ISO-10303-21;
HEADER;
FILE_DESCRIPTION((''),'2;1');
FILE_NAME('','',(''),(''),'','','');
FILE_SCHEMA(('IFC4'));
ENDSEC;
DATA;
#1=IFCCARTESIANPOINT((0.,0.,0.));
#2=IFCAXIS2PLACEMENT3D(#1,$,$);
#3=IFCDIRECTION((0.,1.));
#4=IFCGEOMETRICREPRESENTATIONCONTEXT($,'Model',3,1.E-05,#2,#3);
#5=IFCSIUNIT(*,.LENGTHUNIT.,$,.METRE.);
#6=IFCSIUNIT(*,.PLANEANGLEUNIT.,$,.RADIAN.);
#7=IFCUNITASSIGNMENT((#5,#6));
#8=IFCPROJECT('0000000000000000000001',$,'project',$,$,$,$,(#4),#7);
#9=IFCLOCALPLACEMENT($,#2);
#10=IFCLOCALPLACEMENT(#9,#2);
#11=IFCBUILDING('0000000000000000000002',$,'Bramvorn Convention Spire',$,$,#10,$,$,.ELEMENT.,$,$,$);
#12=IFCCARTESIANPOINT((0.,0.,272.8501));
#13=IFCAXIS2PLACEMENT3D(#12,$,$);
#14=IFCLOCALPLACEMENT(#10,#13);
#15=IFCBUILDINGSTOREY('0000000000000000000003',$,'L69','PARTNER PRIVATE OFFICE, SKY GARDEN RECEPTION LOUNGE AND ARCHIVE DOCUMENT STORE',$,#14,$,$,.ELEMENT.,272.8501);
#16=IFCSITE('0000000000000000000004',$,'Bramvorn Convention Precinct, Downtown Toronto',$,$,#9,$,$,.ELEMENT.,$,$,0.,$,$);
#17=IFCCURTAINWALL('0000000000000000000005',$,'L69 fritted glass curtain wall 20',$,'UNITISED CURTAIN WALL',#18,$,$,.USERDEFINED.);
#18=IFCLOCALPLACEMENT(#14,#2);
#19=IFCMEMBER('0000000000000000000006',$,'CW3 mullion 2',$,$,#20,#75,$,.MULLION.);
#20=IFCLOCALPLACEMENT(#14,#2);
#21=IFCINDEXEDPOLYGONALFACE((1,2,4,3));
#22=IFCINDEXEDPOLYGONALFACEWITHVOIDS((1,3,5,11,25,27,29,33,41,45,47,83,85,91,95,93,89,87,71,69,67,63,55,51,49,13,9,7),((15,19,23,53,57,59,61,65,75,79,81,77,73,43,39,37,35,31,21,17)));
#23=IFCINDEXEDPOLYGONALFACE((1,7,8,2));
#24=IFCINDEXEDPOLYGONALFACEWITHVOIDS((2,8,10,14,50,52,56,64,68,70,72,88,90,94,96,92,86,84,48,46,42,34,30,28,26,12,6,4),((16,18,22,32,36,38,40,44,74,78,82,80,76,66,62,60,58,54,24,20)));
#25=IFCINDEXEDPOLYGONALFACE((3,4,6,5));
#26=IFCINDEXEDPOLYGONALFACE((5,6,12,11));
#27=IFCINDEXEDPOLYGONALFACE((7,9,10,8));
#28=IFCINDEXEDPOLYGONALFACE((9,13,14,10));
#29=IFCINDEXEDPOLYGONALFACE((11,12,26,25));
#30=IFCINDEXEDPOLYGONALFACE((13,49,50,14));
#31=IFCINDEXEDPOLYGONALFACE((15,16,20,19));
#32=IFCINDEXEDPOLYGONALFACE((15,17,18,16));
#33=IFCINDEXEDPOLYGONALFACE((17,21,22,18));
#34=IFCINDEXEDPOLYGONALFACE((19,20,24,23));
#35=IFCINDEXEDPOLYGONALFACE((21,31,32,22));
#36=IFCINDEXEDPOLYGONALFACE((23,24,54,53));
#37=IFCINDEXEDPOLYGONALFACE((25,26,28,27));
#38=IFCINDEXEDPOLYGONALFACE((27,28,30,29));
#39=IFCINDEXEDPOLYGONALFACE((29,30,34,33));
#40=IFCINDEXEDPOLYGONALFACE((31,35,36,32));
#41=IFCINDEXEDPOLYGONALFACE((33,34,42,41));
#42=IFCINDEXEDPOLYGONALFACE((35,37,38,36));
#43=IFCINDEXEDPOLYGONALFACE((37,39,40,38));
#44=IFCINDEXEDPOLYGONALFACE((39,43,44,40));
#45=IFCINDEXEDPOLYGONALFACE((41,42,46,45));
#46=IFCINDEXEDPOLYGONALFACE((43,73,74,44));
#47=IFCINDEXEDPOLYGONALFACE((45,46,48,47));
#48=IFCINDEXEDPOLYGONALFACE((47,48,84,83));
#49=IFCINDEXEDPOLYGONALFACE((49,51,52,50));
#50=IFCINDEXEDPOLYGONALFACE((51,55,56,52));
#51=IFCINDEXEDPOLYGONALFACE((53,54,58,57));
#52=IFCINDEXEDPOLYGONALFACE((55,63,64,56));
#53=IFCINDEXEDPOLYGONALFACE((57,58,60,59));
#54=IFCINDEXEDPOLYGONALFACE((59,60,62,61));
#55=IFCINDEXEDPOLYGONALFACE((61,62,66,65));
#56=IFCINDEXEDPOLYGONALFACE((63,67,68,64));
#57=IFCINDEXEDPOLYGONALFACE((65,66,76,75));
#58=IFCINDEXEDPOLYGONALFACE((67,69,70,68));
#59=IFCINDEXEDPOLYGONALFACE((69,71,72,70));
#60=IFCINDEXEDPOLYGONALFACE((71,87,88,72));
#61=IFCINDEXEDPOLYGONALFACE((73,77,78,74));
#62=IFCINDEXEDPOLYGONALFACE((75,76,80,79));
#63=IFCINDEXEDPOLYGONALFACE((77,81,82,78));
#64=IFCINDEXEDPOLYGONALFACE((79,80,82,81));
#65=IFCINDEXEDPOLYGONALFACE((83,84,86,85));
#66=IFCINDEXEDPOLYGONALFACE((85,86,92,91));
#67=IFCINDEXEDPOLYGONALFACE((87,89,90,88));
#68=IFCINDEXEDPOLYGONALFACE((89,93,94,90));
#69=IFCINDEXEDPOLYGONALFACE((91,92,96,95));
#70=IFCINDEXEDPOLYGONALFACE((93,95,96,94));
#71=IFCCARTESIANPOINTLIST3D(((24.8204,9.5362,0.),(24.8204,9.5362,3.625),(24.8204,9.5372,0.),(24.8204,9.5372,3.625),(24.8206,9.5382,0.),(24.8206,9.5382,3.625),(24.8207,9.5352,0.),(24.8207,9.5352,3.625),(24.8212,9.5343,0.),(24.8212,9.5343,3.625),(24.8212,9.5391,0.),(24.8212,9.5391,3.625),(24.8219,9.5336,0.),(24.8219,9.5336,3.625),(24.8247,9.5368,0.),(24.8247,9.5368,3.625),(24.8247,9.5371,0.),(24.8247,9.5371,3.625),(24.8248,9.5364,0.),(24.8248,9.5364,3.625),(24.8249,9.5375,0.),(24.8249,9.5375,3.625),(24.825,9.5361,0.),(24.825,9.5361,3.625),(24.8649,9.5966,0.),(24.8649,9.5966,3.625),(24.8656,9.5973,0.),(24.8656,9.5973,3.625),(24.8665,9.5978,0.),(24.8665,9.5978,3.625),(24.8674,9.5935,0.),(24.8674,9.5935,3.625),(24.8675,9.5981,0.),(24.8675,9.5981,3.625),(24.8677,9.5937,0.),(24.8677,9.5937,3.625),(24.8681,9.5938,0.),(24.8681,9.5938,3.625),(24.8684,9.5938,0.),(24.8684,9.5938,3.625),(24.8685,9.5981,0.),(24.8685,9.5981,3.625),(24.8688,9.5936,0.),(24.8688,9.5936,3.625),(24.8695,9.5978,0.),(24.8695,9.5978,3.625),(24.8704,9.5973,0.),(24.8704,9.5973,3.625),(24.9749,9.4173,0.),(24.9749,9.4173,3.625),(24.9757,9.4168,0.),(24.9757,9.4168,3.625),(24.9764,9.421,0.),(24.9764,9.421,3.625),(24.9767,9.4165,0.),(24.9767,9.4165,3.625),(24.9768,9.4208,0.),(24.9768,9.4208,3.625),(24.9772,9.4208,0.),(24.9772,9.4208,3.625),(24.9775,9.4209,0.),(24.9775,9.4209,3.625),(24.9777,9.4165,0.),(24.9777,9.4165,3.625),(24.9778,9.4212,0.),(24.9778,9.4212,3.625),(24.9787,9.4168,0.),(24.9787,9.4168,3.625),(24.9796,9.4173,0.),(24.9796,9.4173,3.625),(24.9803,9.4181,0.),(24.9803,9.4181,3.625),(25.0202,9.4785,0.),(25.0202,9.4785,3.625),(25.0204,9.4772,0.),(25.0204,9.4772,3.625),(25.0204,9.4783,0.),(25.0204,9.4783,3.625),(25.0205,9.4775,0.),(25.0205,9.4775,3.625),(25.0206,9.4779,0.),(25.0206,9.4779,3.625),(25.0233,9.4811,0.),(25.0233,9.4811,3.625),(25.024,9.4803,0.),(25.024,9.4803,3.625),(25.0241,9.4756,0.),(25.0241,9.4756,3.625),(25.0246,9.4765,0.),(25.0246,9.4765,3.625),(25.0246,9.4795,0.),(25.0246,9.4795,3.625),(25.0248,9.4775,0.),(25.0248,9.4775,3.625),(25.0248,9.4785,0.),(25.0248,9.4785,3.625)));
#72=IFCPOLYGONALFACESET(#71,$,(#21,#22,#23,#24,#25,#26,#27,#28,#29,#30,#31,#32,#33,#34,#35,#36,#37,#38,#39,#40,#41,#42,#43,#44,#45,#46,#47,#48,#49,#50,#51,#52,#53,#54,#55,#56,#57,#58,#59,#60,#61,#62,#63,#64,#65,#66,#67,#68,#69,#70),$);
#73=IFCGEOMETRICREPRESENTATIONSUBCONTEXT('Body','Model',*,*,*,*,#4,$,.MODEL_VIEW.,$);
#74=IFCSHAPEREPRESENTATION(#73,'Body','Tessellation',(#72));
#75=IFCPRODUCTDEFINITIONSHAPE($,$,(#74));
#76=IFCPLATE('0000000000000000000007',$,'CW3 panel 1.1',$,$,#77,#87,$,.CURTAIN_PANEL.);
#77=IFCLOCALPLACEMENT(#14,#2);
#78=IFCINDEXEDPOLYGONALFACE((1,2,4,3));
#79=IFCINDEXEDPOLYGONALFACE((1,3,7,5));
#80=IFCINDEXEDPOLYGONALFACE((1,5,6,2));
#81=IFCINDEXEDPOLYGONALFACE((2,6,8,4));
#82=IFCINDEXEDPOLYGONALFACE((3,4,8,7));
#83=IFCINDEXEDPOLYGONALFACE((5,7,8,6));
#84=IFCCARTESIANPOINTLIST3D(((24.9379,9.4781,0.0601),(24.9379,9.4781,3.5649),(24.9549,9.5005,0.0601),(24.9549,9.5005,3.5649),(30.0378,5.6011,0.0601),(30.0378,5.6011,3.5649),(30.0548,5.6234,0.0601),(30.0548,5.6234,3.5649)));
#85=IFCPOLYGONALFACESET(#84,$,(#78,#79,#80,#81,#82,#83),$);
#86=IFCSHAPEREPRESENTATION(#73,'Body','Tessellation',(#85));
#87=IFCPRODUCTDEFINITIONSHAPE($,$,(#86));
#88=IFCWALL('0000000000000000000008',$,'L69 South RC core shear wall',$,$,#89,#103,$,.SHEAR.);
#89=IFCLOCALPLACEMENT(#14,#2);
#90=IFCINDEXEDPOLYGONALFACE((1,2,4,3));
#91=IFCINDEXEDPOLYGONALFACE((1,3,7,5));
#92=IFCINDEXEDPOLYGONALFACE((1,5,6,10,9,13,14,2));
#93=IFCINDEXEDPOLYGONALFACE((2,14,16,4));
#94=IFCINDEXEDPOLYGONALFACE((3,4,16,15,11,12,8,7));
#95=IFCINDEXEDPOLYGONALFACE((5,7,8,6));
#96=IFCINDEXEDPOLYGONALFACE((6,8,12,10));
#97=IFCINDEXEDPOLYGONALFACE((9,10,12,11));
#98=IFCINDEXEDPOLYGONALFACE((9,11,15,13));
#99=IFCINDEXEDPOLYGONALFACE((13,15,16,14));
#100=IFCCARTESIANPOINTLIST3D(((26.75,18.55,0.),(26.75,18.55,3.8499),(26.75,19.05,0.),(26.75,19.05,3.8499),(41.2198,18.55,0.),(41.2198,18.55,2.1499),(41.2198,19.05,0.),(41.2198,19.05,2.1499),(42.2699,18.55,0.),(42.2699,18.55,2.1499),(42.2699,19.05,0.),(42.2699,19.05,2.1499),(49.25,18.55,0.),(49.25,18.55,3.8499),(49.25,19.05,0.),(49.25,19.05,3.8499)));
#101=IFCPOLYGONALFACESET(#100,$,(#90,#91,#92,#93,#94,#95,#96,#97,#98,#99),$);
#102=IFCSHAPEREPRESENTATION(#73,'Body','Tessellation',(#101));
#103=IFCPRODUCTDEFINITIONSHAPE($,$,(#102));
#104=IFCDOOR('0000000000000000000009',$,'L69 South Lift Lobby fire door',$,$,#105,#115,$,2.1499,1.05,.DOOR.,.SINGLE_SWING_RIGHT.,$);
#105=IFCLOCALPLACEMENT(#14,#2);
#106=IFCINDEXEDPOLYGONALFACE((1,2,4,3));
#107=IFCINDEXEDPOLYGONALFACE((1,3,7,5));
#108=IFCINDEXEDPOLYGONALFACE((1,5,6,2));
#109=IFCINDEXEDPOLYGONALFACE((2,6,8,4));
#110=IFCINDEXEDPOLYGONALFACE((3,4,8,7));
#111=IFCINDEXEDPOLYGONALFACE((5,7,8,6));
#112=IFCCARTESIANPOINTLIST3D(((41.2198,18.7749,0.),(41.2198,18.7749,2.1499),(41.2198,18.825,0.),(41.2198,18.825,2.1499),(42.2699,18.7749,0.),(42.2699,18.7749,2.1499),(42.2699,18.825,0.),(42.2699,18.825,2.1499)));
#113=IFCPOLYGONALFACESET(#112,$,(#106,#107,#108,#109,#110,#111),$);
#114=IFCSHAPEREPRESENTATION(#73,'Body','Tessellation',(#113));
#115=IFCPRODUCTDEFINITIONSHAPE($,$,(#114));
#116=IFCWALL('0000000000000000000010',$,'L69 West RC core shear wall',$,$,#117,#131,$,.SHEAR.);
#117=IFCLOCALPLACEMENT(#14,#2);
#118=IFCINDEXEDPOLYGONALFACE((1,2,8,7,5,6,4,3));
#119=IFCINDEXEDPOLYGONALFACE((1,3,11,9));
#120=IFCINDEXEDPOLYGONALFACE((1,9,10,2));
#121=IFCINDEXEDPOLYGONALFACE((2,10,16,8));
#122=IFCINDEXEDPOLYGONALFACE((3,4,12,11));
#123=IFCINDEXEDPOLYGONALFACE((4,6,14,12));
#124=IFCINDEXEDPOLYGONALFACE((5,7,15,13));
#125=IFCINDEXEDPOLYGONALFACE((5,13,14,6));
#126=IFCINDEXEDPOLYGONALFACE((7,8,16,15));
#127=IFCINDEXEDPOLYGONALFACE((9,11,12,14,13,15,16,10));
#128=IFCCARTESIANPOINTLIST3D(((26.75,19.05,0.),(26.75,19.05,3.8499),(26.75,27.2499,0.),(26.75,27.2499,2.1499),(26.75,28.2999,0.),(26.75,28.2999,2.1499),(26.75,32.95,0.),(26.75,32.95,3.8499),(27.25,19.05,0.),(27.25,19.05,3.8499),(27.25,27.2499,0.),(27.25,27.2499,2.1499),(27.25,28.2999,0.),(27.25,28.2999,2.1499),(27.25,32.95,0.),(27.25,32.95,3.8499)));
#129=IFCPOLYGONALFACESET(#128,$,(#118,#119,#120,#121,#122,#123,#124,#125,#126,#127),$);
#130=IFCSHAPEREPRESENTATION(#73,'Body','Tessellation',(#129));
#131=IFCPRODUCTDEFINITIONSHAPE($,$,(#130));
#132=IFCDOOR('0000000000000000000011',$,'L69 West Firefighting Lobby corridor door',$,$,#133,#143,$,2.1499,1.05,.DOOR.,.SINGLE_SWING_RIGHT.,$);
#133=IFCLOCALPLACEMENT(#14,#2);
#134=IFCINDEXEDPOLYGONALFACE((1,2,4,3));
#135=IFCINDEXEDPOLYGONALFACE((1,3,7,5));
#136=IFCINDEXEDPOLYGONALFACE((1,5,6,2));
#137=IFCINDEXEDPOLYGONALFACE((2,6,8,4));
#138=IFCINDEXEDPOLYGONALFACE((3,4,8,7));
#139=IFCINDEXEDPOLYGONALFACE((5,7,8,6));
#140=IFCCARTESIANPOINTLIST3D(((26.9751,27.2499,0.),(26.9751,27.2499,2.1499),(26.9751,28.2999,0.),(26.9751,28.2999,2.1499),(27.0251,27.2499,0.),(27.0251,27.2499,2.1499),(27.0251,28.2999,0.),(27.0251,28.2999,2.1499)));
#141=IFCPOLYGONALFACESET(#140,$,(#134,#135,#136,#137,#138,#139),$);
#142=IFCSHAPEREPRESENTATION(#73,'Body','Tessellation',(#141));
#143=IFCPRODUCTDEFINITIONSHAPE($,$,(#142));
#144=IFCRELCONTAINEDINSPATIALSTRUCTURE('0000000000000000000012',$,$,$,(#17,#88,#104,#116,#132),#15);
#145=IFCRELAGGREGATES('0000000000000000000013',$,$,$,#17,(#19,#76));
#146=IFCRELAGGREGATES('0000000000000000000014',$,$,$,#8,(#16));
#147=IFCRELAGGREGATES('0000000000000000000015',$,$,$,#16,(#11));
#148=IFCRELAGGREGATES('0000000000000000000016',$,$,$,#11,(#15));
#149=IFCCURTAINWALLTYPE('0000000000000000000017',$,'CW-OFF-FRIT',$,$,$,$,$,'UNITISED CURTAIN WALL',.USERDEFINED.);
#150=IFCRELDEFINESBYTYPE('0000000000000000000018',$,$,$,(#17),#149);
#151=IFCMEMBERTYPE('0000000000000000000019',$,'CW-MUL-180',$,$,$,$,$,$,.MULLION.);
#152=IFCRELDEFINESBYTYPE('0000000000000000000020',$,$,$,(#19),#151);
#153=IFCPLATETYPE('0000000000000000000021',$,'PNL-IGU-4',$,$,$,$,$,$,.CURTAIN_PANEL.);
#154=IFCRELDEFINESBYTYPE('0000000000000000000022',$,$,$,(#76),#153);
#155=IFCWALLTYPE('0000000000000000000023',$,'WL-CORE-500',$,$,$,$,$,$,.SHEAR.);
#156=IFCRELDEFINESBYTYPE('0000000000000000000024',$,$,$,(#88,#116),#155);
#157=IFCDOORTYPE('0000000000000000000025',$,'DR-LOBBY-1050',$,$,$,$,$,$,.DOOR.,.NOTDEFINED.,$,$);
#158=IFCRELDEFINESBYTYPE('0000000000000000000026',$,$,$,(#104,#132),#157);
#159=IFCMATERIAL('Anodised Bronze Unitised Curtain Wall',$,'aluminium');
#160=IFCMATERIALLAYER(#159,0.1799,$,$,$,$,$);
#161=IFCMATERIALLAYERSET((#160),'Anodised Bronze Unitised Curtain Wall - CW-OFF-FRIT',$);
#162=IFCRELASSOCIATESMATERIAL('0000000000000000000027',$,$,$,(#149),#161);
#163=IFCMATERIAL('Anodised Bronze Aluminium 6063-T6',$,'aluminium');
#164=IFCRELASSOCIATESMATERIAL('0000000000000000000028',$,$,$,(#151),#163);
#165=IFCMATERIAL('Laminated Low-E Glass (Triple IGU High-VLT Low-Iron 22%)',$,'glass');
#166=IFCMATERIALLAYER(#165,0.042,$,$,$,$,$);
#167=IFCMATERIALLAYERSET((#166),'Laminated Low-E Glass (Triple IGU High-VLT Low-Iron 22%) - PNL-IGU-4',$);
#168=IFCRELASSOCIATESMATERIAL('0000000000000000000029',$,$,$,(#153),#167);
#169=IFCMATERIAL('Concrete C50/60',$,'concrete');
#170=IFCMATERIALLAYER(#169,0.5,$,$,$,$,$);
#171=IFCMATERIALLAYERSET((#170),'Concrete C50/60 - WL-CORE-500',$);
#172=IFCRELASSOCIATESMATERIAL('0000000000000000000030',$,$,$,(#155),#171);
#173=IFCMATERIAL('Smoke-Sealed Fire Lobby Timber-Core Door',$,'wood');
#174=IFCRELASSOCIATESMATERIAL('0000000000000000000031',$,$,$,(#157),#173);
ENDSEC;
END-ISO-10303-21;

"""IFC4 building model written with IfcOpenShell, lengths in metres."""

from ifc_helpers import new_model, si_unit, direction, frame, frame_2d, origin, origin_2d, place, context, subcontext, project, spatial, rectangle, hollow_rectangle, extrude, material, layer, layer_set, material_profile, profile_set, type_object, element, fill, aggregate, save


model = new_model("IFC4")

# Units and contexts
model_context = context("Model", 3, precision=1e-05, world=origin(), true_north=direction((0.0, 1.0)))
body_context = subcontext(model_context, "Body", "Model", "MODEL_VIEW")
ifc_project = project(units=[si_unit("LENGTHUNIT", "METRE"), si_unit("PLANEANGLEUNIT", "RADIAN")], contexts=[model_context])

# Site, building, storey
site_placement = place(None, origin())
site = spatial("IfcSite", under=ifc_project, at=site_placement, Name="Bramvorn Convention Precinct, Downtown Toronto", CompositionType="ELEMENT", RefElevation=0.0)
building_placement = place(site_placement, origin())
building = spatial("IfcBuilding", under=site, at=building_placement, Name="Bramvorn Convention Spire", CompositionType="ELEMENT")
storey_placement = place(building_placement, frame((0.0, 0.0, 272.8501)))
storey = spatial("IfcBuildingStorey", under=building, at=storey_placement, Name="L69", Description="PARTNER PRIVATE OFFICE, SKY GARDEN RECEPTION LOUNGE AND ARCHIVE DOCUMENT STORE", CompositionType="ELEMENT", Elevation=272.8501)

# Curtain wall, member, plate
ifc_material_1 = material(Name="Anodised Bronze Unitised Curtain Wall", Category="aluminium")
ifc_layer_1 = layer(ifc_material_1, 0.1799)
ifc_layer_set_1 = layer_set([ifc_layer_1], Name="Anodised Bronze Unitised Curtain Wall - CW-OFF-FRIT")
curtain_wall_type = type_object("IfcCurtainWallType", Name="CW-OFF-FRIT", ElementType="UNITISED CURTAIN WALL", PredefinedType="USERDEFINED", material=ifc_layer_set_1)
curtain_wall_placement = place(storey_placement, origin())
curtain_wall = element("IfcCurtainWall", 1, at=curtain_wall_placement, inside=storey, type_object=curtain_wall_type, Name="L69 fritted glass curtain wall 20", ObjectType="UNITISED CURTAIN WALL", PredefinedType="USERDEFINED")
ifc_material_2 = material(Name="Anodised Bronze Aluminium 6063-T6", Category="aluminium")
ifc_material_profile_1 = material_profile(ifc_material_2, hollow_rectangle(XDim=0.0801, YDim=0.2, WallThickness=0.0039, InnerFilletRadius=0.001, OuterFilletRadius=0.0039, at=origin_2d()))
ifc_profile_set_1 = profile_set([ifc_material_profile_1], Name="Anodised Bronze Aluminium 6063-T6 - CWM80X200")
member_type = type_object("IfcMemberType", Name="CW-MUL-180", PredefinedType="MULLION", material=ifc_profile_set_1)
member_placement = place(storey_placement, frame((24.9226, 9.5073, 0.0), z_axis=(0.0, 0.0, 1.0), x_axis=(-0.605197, -0.796076, 0.0)))
member = element("IfcMember", 2, at=member_placement, type_object=member_type, Name="CW3 mullion 2", PredefinedType="MULLION", context=body_context, shape_type="SweptSolid", body=[
    extrude(hollow_rectangle(XDim=0.0801, YDim=0.2, WallThickness=0.0039, InnerFilletRadius=0.001, OuterFilletRadius=0.0039, at=origin_2d()), origin(), (0.0, 0.0, 1.0), 3.625),
])
ifc_material_3 = material(Name="Laminated Low-E Glass (Triple IGU High-VLT Low-Iron 22%)", Category="glass")
ifc_layer_2 = layer(ifc_material_3, 0.042)
ifc_layer_set_2 = layer_set([ifc_layer_2], Name="Laminated Low-E Glass (Triple IGU High-VLT Low-Iron 22%) - PNL-IGU-4")
plate_type = type_object("IfcPlateType", Name="PNL-IGU-4", PredefinedType="CURTAIN_PANEL", material=ifc_layer_set_2)
plate_placement = place(storey_placement, frame((27.4963, 7.5508, 0.0601), z_axis=(0.0, 0.0, 1.0), x_axis=(-0.796076, 0.605197, 0.0)))
plate = element("IfcPlate", 3, at=plate_placement, type_object=plate_type, Name="CW3 panel 1.1", PredefinedType="CURTAIN_PANEL", context=body_context, shape_type="SweptSolid", body=[
    extrude(rectangle(XDim=6.4062, YDim=0.0281, at=origin_2d()), origin(), (0.0, 0.0, 1.0), 3.5049),
])
aggregate(curtain_wall, [member, plate])

# Walls, openings, doors
ifc_material_4 = material(Name="Concrete C50/60", Category="concrete")
ifc_layer_3 = layer(ifc_material_4, 0.5)
ifc_layer_set_3 = layer_set([ifc_layer_3], Name="Concrete C50/60 - WL-CORE-500")
wall_type_1 = type_object("IfcWallType", Name="WL-CORE-500", PredefinedType="SHEAR", material=ifc_layer_set_3)
wall_1_placement = place(storey_placement, frame((26.75, 18.8, 0.0), z_axis=(0.0, 0.0, 1.0), x_axis=(1.0, 0.0, 0.0)))
wall_1 = element("IfcWall", 4, at=wall_1_placement, inside=storey, type_object=wall_type_1, Name="L69 South RC core shear wall", PredefinedType="SHEAR", context=body_context, shape_type="SweptSolid", body=[
    extrude(rectangle(XDim=22.5, YDim=0.5, at=frame_2d((11.25, 0.0))), origin(), (0.0, 0.0, 1.0), 3.8499),
])
opening_1_placement = place(wall_1_placement, frame((14.47, 0.0, 0.0)))
opening_1 = element("IfcOpeningElement", 5, at=opening_1_placement, cuts=wall_1, PredefinedType="OPENING", context=body_context, shape_type="SweptSolid", body=[
    extrude(rectangle(XDim=1.05, YDim=2.1499, at=frame_2d((0.5249, 1.075))), frame((0.0, 0.26, 0.0), z_axis=(0.0, -1.0, 0.0), x_axis=(1.0, 0.0, 0.0)), (0.0, 0.0, 1.0), 0.52),
])
ifc_material_5 = material(Name="Smoke-Sealed Fire Lobby Timber-Core Door", Category="wood")
door_type_1 = type_object("IfcDoorType", Name="DR-LOBBY-1050", OperationType="NOTDEFINED", PredefinedType="DOOR", material=ifc_material_5)
door_1_placement = place(opening_1_placement, origin())
door_1 = element("IfcDoor", 6, at=door_1_placement, inside=storey, type_object=door_type_1, Name="L69 South Lift Lobby fire door", OperationType="SINGLE_SWING_RIGHT", OverallHeight=2.1499, OverallWidth=1.05, PredefinedType="DOOR", context=body_context, shape_type="SweptSolid", body=[
    extrude(rectangle(XDim=1.05, YDim=2.1499, at=frame_2d((0.5249, 1.075))), frame((0.0, 0.0249, 0.0), z_axis=(0.0, -1.0, 0.0), x_axis=(1.0, 0.0, 0.0)), (0.0, 0.0, 1.0), 0.05),
])
fill(opening_1, door_1)
wall_2_placement = place(storey_placement, frame((27.0, 19.05, 0.0), z_axis=(0.0, 0.0, 1.0), x_axis=(0.0, 1.0, 0.0)))
wall_2 = element("IfcWall", 7, at=wall_2_placement, inside=storey, type_object=wall_type_1, Name="L69 West RC core shear wall", PredefinedType="SHEAR", context=body_context, shape_type="SweptSolid", body=[
    extrude(rectangle(XDim=13.8999, YDim=0.5, at=frame_2d((6.95, 0.0))), origin(), (0.0, 0.0, 1.0), 3.8499),
])
opening_2_placement = place(wall_2_placement, frame((8.2, 0.0, 0.0)))
opening_2 = element("IfcOpeningElement", 8, at=opening_2_placement, cuts=wall_2, PredefinedType="OPENING", context=body_context, shape_type="SweptSolid", body=[
    extrude(rectangle(XDim=1.05, YDim=2.1499, at=frame_2d((0.5249, 1.075))), frame((0.0, 0.26, 0.0), z_axis=(0.0, -1.0, 0.0), x_axis=(1.0, 0.0, 0.0)), (0.0, 0.0, 1.0), 0.52),
])
door_2_placement = place(opening_2_placement, origin())
door_2 = element("IfcDoor", 9, at=door_2_placement, inside=storey, type_object=door_type_1, Name="L69 West Firefighting Lobby corridor door", OperationType="SINGLE_SWING_RIGHT", OverallHeight=2.1499, OverallWidth=1.05, PredefinedType="DOOR", context=body_context, shape_type="SweptSolid", body=[
    extrude(rectangle(XDim=1.05, YDim=2.1499, at=frame_2d((0.5249, 1.075))), frame((0.0, 0.0249, 0.0), z_axis=(0.0, -1.0, 0.0), x_axis=(1.0, 0.0, 0.0)), (0.0, 0.0, 1.0), 0.05),
])
fill(opening_2, door_2)

save(model, "model.ifc")
